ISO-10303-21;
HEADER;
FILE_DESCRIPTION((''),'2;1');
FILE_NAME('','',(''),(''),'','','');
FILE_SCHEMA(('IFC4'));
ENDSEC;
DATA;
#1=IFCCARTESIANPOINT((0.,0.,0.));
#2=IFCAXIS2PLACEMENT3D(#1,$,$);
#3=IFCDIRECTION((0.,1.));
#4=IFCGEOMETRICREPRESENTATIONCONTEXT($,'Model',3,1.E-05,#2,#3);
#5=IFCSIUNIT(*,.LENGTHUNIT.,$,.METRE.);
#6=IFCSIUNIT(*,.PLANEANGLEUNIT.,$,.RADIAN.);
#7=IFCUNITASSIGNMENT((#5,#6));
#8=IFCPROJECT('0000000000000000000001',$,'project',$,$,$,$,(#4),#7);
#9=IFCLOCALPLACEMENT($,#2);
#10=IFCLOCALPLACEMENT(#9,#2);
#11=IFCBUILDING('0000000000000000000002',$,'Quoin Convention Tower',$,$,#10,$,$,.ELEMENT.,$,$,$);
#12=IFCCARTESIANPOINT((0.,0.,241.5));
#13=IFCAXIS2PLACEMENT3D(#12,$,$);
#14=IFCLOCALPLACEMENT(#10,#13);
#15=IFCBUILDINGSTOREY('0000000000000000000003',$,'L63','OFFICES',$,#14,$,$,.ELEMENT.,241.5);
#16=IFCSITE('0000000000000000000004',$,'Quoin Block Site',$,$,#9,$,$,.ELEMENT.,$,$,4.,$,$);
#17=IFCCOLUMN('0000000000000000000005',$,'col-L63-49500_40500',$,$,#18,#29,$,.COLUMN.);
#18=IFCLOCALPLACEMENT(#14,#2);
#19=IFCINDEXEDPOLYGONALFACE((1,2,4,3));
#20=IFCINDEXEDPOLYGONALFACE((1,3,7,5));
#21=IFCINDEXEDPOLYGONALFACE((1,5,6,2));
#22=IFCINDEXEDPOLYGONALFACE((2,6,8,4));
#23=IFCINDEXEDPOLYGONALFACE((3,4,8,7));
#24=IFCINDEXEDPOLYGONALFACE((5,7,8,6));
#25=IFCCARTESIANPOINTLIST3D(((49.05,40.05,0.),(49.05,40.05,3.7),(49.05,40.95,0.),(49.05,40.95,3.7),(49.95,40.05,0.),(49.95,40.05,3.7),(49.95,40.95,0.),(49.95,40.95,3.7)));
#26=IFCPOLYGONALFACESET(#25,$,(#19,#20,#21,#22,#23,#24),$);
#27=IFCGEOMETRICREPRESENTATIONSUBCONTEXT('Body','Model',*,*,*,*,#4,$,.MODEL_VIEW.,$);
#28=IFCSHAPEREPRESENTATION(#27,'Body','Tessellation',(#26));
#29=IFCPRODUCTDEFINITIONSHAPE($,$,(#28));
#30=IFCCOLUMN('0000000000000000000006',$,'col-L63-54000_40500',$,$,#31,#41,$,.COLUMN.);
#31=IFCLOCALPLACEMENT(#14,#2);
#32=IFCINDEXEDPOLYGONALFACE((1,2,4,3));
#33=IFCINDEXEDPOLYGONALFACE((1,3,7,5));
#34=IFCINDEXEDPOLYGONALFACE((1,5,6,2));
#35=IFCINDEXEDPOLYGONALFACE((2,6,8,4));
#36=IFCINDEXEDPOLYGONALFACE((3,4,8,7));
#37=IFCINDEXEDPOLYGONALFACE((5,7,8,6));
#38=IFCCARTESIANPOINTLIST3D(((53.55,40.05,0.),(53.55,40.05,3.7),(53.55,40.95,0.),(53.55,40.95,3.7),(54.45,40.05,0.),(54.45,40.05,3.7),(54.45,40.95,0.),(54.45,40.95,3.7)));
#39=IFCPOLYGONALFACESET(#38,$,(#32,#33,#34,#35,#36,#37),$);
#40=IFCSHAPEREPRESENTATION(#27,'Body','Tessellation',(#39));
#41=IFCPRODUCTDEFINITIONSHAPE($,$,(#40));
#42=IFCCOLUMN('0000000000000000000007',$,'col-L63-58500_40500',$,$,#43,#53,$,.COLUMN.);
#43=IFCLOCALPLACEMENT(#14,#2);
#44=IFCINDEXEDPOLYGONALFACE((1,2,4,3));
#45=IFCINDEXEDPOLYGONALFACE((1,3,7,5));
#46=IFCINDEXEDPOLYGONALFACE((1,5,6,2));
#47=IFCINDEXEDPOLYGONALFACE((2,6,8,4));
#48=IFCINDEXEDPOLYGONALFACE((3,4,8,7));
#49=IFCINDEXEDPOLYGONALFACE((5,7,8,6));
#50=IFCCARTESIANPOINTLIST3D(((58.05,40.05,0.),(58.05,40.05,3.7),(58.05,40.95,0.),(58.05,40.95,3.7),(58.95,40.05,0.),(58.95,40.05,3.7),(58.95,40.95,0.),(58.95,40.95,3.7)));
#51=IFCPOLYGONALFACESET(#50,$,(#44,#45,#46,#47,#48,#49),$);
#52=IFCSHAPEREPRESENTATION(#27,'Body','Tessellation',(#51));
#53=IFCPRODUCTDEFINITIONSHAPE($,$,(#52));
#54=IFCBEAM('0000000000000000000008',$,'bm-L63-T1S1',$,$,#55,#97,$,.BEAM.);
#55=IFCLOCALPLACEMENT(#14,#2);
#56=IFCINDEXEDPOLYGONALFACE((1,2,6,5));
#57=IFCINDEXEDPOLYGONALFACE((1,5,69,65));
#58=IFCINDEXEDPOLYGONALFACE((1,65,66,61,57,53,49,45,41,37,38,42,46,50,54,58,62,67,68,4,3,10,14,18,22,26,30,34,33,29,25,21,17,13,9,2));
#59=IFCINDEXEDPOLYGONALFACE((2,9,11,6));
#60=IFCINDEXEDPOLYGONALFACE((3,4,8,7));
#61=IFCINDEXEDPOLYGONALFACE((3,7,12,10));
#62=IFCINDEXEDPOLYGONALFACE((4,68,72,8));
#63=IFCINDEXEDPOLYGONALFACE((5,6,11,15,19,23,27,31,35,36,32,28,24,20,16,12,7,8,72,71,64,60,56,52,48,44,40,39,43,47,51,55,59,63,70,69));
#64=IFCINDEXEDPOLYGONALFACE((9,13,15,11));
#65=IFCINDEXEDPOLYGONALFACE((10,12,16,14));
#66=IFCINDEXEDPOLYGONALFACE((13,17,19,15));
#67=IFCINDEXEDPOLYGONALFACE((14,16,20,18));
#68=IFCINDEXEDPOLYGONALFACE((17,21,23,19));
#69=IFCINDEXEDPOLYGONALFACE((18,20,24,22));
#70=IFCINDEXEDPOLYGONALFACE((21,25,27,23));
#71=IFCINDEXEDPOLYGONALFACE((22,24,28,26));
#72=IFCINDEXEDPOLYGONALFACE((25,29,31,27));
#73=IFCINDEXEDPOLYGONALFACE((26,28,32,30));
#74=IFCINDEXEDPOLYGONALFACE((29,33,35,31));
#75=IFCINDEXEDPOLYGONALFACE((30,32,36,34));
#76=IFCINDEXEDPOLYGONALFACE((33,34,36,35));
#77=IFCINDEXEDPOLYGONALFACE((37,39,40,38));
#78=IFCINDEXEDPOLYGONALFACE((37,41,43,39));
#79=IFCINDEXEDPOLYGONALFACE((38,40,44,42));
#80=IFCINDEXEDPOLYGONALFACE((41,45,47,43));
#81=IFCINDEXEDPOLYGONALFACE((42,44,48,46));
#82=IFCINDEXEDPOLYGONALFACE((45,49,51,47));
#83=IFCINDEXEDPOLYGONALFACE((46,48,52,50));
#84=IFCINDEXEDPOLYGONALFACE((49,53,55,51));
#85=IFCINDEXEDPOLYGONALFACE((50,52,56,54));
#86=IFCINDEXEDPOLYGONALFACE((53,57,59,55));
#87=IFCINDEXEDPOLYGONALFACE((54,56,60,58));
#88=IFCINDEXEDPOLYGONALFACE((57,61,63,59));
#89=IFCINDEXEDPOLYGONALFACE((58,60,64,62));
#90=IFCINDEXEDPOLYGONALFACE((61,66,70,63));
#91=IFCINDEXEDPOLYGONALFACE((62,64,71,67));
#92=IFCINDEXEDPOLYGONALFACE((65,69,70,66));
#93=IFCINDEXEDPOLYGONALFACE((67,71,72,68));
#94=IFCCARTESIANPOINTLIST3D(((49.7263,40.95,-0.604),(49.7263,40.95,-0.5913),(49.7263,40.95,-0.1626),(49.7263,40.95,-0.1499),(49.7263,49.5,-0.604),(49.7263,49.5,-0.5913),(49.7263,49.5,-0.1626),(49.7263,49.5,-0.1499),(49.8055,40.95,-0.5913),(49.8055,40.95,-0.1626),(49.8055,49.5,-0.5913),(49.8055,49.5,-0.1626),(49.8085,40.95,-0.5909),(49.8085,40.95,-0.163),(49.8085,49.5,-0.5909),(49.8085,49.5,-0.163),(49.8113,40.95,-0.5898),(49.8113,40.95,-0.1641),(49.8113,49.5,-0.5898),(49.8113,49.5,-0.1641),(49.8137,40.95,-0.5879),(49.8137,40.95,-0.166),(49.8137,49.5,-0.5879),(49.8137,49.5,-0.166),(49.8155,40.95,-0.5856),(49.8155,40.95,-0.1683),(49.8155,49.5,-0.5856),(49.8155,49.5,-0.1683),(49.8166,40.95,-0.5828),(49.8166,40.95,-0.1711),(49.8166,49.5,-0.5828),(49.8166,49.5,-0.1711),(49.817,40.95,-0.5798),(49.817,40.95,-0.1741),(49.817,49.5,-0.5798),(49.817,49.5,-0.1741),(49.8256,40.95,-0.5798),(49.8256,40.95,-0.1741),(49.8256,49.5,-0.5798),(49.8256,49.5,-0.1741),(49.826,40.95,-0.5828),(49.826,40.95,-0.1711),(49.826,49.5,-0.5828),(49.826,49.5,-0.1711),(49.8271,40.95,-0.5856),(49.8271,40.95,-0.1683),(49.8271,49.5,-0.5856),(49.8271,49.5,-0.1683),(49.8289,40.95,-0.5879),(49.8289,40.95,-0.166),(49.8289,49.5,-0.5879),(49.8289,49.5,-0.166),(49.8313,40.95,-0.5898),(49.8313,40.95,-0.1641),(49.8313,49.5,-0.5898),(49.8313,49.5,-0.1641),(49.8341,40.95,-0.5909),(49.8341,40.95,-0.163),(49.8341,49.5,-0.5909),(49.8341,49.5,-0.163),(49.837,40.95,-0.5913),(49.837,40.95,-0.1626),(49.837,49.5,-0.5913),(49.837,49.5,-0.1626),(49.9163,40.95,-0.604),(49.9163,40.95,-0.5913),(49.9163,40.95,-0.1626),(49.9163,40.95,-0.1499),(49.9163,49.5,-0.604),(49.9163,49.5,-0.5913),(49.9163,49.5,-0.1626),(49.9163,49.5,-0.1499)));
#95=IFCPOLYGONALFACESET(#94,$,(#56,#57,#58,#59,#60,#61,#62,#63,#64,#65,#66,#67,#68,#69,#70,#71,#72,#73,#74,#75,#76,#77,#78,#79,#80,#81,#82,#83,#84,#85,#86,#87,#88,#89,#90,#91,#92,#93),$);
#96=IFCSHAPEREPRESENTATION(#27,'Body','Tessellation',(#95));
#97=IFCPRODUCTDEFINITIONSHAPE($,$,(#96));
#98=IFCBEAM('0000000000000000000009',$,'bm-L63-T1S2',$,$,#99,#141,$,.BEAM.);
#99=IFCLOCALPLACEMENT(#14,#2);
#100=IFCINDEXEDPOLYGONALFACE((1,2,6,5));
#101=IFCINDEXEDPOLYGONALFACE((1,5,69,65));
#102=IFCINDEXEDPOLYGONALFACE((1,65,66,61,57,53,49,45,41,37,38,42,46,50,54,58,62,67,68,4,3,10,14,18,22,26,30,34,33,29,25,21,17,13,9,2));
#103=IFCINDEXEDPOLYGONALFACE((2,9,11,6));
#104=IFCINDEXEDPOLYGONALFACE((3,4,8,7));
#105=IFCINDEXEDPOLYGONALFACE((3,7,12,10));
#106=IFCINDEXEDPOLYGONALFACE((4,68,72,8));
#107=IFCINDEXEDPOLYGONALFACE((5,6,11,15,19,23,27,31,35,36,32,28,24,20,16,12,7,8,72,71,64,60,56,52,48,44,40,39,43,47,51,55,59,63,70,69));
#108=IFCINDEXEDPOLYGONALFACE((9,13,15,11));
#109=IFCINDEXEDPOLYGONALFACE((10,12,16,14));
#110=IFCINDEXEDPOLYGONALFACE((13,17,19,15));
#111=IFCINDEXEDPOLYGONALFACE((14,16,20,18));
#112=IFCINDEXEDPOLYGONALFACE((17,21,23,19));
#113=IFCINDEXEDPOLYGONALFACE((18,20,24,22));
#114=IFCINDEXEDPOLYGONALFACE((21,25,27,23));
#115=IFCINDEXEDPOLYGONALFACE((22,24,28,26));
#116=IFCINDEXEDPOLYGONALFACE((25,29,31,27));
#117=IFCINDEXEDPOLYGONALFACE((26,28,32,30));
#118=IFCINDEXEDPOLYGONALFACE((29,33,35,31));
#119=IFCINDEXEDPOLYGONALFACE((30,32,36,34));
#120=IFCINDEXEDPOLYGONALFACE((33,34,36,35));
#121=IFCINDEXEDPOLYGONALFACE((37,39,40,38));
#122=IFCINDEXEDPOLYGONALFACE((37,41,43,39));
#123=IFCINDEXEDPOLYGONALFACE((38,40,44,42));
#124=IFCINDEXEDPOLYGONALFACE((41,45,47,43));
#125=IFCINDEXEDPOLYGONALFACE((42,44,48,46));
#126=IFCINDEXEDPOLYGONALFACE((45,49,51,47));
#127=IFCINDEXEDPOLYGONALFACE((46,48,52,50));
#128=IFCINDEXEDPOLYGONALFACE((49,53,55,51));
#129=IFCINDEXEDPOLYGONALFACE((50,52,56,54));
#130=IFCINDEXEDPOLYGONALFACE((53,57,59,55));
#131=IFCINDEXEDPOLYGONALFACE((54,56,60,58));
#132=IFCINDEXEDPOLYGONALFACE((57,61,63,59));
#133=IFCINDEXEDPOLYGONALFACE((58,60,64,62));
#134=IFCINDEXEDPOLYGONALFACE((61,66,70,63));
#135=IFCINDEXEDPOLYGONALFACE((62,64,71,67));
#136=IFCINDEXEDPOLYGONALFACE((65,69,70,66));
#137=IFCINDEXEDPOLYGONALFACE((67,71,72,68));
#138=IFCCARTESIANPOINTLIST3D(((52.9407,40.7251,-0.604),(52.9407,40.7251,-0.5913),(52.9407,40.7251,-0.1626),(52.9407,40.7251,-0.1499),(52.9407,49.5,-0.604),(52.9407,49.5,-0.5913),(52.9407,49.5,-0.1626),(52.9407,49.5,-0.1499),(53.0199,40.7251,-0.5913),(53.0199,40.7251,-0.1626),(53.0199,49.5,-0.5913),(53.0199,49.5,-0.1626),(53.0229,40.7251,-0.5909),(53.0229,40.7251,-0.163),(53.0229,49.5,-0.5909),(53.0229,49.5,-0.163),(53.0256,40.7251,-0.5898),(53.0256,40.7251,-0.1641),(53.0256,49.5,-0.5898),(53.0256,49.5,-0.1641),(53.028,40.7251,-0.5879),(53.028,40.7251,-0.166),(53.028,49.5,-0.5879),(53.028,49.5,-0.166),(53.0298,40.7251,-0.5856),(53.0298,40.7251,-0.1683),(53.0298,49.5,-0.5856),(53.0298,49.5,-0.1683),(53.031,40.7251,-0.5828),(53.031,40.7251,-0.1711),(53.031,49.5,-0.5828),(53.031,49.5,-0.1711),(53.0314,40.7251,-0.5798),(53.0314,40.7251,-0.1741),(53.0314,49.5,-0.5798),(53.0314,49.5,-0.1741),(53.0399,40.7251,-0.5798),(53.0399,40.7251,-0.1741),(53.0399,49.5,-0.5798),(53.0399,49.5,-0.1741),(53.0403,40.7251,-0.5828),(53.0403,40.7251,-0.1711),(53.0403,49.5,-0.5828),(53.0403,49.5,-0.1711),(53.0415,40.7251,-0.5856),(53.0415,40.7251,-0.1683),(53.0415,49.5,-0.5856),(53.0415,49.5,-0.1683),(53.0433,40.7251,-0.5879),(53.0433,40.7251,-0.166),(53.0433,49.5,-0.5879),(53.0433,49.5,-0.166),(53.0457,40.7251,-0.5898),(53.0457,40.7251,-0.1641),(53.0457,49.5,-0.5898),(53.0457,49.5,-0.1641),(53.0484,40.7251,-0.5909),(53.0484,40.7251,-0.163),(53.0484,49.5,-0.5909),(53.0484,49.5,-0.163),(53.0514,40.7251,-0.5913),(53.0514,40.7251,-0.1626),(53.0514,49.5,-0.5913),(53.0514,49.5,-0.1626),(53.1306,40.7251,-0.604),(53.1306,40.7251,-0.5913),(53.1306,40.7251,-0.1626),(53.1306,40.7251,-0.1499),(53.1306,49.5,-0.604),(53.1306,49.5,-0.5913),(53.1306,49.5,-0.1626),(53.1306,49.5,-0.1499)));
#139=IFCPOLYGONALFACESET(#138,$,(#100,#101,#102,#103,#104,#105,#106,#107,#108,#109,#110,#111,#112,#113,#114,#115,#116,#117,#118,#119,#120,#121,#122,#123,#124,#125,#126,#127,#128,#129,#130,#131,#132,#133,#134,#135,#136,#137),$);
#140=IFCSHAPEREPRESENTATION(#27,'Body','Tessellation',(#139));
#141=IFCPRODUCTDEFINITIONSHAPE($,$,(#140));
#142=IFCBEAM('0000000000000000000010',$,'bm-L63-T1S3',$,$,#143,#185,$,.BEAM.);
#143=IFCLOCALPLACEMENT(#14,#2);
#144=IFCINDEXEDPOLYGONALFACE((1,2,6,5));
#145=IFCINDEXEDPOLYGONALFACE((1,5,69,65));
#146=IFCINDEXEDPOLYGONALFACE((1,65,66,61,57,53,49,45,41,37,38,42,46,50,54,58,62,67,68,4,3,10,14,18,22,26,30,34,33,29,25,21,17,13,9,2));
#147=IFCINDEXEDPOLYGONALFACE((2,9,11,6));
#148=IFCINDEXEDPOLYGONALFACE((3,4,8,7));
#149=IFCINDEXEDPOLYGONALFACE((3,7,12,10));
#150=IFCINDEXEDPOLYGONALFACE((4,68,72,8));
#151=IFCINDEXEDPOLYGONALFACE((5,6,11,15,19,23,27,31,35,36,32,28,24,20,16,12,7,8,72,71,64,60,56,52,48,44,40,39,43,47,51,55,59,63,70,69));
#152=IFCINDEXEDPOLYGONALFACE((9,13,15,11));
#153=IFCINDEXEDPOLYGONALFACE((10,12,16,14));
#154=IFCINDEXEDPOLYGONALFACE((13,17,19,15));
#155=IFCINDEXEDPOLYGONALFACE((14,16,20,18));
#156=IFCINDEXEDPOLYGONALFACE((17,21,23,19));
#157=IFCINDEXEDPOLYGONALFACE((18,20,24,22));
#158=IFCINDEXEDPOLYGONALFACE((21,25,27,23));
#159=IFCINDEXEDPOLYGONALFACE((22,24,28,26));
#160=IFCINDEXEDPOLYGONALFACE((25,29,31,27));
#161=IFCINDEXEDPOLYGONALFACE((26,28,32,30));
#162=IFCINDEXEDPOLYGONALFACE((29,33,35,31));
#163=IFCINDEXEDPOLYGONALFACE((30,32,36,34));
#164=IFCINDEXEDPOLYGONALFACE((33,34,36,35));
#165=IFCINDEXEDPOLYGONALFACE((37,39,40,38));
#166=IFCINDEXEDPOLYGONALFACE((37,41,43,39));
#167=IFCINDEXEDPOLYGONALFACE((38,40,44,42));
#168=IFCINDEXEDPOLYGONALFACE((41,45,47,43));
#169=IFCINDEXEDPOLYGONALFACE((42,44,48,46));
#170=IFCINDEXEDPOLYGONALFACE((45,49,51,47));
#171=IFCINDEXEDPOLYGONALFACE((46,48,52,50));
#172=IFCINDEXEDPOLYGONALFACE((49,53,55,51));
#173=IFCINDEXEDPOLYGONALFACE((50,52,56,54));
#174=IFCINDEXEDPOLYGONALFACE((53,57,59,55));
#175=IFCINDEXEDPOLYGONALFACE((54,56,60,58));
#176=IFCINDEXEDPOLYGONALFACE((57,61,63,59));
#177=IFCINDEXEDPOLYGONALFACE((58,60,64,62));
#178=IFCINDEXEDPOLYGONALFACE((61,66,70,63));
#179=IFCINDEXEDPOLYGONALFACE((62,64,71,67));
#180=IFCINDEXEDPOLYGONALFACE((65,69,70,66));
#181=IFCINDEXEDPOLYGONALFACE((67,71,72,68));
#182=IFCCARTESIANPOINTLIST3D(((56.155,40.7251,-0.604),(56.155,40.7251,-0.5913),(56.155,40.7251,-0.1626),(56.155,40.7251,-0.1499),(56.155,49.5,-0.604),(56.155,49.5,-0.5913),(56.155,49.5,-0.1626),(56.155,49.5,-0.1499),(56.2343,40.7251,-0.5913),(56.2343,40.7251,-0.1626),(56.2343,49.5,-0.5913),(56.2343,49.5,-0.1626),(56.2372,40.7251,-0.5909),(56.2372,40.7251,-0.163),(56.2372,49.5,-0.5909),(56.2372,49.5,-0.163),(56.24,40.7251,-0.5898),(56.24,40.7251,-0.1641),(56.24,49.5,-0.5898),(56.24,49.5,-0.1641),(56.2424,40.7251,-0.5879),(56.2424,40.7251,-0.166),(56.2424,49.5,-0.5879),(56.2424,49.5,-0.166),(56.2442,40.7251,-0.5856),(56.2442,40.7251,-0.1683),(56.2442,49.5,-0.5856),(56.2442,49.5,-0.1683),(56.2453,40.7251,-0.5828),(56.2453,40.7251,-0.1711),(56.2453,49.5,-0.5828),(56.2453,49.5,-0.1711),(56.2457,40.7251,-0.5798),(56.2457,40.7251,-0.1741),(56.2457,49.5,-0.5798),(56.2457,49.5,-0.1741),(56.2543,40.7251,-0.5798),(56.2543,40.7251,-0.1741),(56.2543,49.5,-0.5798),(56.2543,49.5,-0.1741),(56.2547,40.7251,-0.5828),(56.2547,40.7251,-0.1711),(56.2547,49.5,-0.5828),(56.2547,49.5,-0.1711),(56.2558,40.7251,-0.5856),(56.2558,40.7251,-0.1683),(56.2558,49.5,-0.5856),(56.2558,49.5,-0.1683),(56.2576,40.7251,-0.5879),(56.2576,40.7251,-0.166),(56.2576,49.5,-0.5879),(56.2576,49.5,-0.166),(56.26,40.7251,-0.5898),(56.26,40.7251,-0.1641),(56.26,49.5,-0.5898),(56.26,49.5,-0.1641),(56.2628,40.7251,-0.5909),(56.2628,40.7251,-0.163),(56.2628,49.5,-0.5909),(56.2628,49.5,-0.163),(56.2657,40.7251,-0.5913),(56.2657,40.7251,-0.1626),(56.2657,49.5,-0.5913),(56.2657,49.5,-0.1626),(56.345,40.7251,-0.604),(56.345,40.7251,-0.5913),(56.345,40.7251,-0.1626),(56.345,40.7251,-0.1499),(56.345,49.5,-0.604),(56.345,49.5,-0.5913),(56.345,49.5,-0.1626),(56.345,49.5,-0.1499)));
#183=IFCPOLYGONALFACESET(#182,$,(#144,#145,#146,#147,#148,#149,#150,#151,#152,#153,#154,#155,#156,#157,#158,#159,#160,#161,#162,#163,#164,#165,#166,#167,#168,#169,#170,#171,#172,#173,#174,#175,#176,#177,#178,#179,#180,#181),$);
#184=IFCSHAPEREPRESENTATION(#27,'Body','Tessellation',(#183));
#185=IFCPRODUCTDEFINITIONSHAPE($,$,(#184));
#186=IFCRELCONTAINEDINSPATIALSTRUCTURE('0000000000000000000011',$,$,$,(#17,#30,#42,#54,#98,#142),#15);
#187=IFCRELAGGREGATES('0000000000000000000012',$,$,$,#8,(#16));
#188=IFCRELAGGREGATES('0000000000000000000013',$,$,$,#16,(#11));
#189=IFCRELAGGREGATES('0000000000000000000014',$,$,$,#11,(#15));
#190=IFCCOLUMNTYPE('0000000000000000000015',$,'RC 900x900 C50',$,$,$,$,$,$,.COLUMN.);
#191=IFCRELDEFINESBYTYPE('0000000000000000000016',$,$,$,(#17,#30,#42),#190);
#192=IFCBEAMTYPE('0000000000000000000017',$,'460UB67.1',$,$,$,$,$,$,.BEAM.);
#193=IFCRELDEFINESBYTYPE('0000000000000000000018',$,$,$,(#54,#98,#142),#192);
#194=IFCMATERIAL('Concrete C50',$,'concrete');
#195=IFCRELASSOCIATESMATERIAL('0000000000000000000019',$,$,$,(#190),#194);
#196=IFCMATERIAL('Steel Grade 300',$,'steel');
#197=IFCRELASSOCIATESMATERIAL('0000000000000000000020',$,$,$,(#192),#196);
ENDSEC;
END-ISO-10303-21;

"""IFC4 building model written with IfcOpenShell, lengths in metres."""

from ifc_helpers import new_model, si_unit, direction, frame, origin, origin_2d, place, context, subcontext, project, spatial, rectangle, i_section, extrude, material, material_profile, profile_set, type_object, element, save


model = new_model("IFC4")

# Units and contexts
model_context = context("Model", 3, precision=1e-05, world=origin(), true_north=direction((0.0, 1.0)))
body_context = subcontext(model_context, "Body", "Model", "MODEL_VIEW")
ifc_project = project(units=[si_unit("LENGTHUNIT", "METRE"), si_unit("PLANEANGLEUNIT", "RADIAN")], contexts=[model_context])

# Site, building, storey
site_placement = place(None, origin())
site = spatial("IfcSite", under=ifc_project, at=site_placement, Name="Quoin Block Site", CompositionType="ELEMENT", RefElevation=4.0)
building_placement = place(site_placement, origin())
building = spatial("IfcBuilding", under=site, at=building_placement, Name="Quoin Convention Tower", CompositionType="ELEMENT")
storey_placement = place(building_placement, frame((0.0, 0.0, 241.5)))
storey = spatial("IfcBuildingStorey", under=building, at=storey_placement, Name="L63", Description="OFFICES", CompositionType="ELEMENT", Elevation=241.5)

# Columns
ifc_material_1 = material(Name="Concrete C50", Category="concrete")
ifc_material_profile_1 = material_profile(ifc_material_1, rectangle(XDim=0.8999, YDim=0.8999, at=origin_2d()), Name="RC 900x900")
ifc_profile_set_1 = profile_set([ifc_material_profile_1], Name="Concrete C50")
column_type = type_object("IfcColumnType", Name="RC 900x900 C50", PredefinedType="COLUMN", material=ifc_profile_set_1)
for number, where, z_axis, x_axis, name in (
    (1, (49.5, 40.5, 0.0), (0.0, 0.0, 1.0), (1.0, 0.0, 0.0), "col-L63-49500_40500"),
    (2, (54.0, 40.5, 0.0), (0.0, 0.0, 1.0), (1.0, 0.0, 0.0), "col-L63-54000_40500"),
    (3, (58.5, 40.5, 0.0), (0.0, 0.0, 1.0), (1.0, 0.0, 0.0), "col-L63-58500_40500"),
):
    element("IfcColumn", number, at=place(storey_placement, frame(where, z_axis=z_axis, x_axis=x_axis)), inside=storey, type_object=column_type, Name=name, PredefinedType="COLUMN", context=body_context, shape_type="SweptSolid", body=[
        extrude(rectangle(XDim=0.8999, YDim=0.8999, at=origin_2d()), origin(), (0.0, 0.0, 1.0), 3.7),
    ])

# Beams
ifc_material_2 = material(Name="Steel Grade 300", Category="steel")
ifc_material_profile_2 = material_profile(ifc_material_2, i_section(OverallWidth=0.1899, OverallDepth=0.4541, WebThickness=0.0085, FlangeThickness=0.0127, FilletRadius=0.0115, at=origin_2d()), Name="460UB67.1")
ifc_profile_set_2 = profile_set([ifc_material_profile_2], Name="Steel Grade 300")
beam_type_1 = type_object("IfcBeamType", Name="460UB67.1", PredefinedType="BEAM", material=ifc_profile_set_2)
beam_placement = place(storey_placement, frame((49.8213, 40.95, -0.377), z_axis=(0.0, 1.0, 0.0), x_axis=(-1.0, 0.0, 0.0)))
element("IfcBeam", 4, at=beam_placement, inside=storey, type_object=beam_type_1, Name="bm-L63-T1S1", PredefinedType="BEAM", context=body_context, shape_type="SweptSolid", body=[
    extrude(i_section(OverallWidth=0.1899, OverallDepth=0.4541, WebThickness=0.0085, FlangeThickness=0.0127, FilletRadius=0.0115, at=origin_2d()), origin(), (0.0, 0.0, 1.0), 8.55),
])
for number, where, z_axis, x_axis, name in (
    (5, (53.0356, 40.7251, -0.377), (0.0, 1.0, 0.0), (-1.0, 0.0, 0.0), "bm-L63-T1S2"),
    (6, (56.25, 40.7251, -0.377), (0.0, 1.0, 0.0), (-1.0, 0.0, 0.0), "bm-L63-T1S3"),
):
    element("IfcBeam", number, at=place(storey_placement, frame(where, z_axis=z_axis, x_axis=x_axis)), inside=storey, type_object=beam_type_1, Name=name, PredefinedType="BEAM", context=body_context, shape_type="SweptSolid", body=[
        extrude(i_section(OverallWidth=0.1899, OverallDepth=0.4541, WebThickness=0.0085, FlangeThickness=0.0127, FilletRadius=0.0115, at=origin_2d()), origin(), (0.0, 0.0, 1.0), 8.7749),
    ])

save(model, "model.ifc")
